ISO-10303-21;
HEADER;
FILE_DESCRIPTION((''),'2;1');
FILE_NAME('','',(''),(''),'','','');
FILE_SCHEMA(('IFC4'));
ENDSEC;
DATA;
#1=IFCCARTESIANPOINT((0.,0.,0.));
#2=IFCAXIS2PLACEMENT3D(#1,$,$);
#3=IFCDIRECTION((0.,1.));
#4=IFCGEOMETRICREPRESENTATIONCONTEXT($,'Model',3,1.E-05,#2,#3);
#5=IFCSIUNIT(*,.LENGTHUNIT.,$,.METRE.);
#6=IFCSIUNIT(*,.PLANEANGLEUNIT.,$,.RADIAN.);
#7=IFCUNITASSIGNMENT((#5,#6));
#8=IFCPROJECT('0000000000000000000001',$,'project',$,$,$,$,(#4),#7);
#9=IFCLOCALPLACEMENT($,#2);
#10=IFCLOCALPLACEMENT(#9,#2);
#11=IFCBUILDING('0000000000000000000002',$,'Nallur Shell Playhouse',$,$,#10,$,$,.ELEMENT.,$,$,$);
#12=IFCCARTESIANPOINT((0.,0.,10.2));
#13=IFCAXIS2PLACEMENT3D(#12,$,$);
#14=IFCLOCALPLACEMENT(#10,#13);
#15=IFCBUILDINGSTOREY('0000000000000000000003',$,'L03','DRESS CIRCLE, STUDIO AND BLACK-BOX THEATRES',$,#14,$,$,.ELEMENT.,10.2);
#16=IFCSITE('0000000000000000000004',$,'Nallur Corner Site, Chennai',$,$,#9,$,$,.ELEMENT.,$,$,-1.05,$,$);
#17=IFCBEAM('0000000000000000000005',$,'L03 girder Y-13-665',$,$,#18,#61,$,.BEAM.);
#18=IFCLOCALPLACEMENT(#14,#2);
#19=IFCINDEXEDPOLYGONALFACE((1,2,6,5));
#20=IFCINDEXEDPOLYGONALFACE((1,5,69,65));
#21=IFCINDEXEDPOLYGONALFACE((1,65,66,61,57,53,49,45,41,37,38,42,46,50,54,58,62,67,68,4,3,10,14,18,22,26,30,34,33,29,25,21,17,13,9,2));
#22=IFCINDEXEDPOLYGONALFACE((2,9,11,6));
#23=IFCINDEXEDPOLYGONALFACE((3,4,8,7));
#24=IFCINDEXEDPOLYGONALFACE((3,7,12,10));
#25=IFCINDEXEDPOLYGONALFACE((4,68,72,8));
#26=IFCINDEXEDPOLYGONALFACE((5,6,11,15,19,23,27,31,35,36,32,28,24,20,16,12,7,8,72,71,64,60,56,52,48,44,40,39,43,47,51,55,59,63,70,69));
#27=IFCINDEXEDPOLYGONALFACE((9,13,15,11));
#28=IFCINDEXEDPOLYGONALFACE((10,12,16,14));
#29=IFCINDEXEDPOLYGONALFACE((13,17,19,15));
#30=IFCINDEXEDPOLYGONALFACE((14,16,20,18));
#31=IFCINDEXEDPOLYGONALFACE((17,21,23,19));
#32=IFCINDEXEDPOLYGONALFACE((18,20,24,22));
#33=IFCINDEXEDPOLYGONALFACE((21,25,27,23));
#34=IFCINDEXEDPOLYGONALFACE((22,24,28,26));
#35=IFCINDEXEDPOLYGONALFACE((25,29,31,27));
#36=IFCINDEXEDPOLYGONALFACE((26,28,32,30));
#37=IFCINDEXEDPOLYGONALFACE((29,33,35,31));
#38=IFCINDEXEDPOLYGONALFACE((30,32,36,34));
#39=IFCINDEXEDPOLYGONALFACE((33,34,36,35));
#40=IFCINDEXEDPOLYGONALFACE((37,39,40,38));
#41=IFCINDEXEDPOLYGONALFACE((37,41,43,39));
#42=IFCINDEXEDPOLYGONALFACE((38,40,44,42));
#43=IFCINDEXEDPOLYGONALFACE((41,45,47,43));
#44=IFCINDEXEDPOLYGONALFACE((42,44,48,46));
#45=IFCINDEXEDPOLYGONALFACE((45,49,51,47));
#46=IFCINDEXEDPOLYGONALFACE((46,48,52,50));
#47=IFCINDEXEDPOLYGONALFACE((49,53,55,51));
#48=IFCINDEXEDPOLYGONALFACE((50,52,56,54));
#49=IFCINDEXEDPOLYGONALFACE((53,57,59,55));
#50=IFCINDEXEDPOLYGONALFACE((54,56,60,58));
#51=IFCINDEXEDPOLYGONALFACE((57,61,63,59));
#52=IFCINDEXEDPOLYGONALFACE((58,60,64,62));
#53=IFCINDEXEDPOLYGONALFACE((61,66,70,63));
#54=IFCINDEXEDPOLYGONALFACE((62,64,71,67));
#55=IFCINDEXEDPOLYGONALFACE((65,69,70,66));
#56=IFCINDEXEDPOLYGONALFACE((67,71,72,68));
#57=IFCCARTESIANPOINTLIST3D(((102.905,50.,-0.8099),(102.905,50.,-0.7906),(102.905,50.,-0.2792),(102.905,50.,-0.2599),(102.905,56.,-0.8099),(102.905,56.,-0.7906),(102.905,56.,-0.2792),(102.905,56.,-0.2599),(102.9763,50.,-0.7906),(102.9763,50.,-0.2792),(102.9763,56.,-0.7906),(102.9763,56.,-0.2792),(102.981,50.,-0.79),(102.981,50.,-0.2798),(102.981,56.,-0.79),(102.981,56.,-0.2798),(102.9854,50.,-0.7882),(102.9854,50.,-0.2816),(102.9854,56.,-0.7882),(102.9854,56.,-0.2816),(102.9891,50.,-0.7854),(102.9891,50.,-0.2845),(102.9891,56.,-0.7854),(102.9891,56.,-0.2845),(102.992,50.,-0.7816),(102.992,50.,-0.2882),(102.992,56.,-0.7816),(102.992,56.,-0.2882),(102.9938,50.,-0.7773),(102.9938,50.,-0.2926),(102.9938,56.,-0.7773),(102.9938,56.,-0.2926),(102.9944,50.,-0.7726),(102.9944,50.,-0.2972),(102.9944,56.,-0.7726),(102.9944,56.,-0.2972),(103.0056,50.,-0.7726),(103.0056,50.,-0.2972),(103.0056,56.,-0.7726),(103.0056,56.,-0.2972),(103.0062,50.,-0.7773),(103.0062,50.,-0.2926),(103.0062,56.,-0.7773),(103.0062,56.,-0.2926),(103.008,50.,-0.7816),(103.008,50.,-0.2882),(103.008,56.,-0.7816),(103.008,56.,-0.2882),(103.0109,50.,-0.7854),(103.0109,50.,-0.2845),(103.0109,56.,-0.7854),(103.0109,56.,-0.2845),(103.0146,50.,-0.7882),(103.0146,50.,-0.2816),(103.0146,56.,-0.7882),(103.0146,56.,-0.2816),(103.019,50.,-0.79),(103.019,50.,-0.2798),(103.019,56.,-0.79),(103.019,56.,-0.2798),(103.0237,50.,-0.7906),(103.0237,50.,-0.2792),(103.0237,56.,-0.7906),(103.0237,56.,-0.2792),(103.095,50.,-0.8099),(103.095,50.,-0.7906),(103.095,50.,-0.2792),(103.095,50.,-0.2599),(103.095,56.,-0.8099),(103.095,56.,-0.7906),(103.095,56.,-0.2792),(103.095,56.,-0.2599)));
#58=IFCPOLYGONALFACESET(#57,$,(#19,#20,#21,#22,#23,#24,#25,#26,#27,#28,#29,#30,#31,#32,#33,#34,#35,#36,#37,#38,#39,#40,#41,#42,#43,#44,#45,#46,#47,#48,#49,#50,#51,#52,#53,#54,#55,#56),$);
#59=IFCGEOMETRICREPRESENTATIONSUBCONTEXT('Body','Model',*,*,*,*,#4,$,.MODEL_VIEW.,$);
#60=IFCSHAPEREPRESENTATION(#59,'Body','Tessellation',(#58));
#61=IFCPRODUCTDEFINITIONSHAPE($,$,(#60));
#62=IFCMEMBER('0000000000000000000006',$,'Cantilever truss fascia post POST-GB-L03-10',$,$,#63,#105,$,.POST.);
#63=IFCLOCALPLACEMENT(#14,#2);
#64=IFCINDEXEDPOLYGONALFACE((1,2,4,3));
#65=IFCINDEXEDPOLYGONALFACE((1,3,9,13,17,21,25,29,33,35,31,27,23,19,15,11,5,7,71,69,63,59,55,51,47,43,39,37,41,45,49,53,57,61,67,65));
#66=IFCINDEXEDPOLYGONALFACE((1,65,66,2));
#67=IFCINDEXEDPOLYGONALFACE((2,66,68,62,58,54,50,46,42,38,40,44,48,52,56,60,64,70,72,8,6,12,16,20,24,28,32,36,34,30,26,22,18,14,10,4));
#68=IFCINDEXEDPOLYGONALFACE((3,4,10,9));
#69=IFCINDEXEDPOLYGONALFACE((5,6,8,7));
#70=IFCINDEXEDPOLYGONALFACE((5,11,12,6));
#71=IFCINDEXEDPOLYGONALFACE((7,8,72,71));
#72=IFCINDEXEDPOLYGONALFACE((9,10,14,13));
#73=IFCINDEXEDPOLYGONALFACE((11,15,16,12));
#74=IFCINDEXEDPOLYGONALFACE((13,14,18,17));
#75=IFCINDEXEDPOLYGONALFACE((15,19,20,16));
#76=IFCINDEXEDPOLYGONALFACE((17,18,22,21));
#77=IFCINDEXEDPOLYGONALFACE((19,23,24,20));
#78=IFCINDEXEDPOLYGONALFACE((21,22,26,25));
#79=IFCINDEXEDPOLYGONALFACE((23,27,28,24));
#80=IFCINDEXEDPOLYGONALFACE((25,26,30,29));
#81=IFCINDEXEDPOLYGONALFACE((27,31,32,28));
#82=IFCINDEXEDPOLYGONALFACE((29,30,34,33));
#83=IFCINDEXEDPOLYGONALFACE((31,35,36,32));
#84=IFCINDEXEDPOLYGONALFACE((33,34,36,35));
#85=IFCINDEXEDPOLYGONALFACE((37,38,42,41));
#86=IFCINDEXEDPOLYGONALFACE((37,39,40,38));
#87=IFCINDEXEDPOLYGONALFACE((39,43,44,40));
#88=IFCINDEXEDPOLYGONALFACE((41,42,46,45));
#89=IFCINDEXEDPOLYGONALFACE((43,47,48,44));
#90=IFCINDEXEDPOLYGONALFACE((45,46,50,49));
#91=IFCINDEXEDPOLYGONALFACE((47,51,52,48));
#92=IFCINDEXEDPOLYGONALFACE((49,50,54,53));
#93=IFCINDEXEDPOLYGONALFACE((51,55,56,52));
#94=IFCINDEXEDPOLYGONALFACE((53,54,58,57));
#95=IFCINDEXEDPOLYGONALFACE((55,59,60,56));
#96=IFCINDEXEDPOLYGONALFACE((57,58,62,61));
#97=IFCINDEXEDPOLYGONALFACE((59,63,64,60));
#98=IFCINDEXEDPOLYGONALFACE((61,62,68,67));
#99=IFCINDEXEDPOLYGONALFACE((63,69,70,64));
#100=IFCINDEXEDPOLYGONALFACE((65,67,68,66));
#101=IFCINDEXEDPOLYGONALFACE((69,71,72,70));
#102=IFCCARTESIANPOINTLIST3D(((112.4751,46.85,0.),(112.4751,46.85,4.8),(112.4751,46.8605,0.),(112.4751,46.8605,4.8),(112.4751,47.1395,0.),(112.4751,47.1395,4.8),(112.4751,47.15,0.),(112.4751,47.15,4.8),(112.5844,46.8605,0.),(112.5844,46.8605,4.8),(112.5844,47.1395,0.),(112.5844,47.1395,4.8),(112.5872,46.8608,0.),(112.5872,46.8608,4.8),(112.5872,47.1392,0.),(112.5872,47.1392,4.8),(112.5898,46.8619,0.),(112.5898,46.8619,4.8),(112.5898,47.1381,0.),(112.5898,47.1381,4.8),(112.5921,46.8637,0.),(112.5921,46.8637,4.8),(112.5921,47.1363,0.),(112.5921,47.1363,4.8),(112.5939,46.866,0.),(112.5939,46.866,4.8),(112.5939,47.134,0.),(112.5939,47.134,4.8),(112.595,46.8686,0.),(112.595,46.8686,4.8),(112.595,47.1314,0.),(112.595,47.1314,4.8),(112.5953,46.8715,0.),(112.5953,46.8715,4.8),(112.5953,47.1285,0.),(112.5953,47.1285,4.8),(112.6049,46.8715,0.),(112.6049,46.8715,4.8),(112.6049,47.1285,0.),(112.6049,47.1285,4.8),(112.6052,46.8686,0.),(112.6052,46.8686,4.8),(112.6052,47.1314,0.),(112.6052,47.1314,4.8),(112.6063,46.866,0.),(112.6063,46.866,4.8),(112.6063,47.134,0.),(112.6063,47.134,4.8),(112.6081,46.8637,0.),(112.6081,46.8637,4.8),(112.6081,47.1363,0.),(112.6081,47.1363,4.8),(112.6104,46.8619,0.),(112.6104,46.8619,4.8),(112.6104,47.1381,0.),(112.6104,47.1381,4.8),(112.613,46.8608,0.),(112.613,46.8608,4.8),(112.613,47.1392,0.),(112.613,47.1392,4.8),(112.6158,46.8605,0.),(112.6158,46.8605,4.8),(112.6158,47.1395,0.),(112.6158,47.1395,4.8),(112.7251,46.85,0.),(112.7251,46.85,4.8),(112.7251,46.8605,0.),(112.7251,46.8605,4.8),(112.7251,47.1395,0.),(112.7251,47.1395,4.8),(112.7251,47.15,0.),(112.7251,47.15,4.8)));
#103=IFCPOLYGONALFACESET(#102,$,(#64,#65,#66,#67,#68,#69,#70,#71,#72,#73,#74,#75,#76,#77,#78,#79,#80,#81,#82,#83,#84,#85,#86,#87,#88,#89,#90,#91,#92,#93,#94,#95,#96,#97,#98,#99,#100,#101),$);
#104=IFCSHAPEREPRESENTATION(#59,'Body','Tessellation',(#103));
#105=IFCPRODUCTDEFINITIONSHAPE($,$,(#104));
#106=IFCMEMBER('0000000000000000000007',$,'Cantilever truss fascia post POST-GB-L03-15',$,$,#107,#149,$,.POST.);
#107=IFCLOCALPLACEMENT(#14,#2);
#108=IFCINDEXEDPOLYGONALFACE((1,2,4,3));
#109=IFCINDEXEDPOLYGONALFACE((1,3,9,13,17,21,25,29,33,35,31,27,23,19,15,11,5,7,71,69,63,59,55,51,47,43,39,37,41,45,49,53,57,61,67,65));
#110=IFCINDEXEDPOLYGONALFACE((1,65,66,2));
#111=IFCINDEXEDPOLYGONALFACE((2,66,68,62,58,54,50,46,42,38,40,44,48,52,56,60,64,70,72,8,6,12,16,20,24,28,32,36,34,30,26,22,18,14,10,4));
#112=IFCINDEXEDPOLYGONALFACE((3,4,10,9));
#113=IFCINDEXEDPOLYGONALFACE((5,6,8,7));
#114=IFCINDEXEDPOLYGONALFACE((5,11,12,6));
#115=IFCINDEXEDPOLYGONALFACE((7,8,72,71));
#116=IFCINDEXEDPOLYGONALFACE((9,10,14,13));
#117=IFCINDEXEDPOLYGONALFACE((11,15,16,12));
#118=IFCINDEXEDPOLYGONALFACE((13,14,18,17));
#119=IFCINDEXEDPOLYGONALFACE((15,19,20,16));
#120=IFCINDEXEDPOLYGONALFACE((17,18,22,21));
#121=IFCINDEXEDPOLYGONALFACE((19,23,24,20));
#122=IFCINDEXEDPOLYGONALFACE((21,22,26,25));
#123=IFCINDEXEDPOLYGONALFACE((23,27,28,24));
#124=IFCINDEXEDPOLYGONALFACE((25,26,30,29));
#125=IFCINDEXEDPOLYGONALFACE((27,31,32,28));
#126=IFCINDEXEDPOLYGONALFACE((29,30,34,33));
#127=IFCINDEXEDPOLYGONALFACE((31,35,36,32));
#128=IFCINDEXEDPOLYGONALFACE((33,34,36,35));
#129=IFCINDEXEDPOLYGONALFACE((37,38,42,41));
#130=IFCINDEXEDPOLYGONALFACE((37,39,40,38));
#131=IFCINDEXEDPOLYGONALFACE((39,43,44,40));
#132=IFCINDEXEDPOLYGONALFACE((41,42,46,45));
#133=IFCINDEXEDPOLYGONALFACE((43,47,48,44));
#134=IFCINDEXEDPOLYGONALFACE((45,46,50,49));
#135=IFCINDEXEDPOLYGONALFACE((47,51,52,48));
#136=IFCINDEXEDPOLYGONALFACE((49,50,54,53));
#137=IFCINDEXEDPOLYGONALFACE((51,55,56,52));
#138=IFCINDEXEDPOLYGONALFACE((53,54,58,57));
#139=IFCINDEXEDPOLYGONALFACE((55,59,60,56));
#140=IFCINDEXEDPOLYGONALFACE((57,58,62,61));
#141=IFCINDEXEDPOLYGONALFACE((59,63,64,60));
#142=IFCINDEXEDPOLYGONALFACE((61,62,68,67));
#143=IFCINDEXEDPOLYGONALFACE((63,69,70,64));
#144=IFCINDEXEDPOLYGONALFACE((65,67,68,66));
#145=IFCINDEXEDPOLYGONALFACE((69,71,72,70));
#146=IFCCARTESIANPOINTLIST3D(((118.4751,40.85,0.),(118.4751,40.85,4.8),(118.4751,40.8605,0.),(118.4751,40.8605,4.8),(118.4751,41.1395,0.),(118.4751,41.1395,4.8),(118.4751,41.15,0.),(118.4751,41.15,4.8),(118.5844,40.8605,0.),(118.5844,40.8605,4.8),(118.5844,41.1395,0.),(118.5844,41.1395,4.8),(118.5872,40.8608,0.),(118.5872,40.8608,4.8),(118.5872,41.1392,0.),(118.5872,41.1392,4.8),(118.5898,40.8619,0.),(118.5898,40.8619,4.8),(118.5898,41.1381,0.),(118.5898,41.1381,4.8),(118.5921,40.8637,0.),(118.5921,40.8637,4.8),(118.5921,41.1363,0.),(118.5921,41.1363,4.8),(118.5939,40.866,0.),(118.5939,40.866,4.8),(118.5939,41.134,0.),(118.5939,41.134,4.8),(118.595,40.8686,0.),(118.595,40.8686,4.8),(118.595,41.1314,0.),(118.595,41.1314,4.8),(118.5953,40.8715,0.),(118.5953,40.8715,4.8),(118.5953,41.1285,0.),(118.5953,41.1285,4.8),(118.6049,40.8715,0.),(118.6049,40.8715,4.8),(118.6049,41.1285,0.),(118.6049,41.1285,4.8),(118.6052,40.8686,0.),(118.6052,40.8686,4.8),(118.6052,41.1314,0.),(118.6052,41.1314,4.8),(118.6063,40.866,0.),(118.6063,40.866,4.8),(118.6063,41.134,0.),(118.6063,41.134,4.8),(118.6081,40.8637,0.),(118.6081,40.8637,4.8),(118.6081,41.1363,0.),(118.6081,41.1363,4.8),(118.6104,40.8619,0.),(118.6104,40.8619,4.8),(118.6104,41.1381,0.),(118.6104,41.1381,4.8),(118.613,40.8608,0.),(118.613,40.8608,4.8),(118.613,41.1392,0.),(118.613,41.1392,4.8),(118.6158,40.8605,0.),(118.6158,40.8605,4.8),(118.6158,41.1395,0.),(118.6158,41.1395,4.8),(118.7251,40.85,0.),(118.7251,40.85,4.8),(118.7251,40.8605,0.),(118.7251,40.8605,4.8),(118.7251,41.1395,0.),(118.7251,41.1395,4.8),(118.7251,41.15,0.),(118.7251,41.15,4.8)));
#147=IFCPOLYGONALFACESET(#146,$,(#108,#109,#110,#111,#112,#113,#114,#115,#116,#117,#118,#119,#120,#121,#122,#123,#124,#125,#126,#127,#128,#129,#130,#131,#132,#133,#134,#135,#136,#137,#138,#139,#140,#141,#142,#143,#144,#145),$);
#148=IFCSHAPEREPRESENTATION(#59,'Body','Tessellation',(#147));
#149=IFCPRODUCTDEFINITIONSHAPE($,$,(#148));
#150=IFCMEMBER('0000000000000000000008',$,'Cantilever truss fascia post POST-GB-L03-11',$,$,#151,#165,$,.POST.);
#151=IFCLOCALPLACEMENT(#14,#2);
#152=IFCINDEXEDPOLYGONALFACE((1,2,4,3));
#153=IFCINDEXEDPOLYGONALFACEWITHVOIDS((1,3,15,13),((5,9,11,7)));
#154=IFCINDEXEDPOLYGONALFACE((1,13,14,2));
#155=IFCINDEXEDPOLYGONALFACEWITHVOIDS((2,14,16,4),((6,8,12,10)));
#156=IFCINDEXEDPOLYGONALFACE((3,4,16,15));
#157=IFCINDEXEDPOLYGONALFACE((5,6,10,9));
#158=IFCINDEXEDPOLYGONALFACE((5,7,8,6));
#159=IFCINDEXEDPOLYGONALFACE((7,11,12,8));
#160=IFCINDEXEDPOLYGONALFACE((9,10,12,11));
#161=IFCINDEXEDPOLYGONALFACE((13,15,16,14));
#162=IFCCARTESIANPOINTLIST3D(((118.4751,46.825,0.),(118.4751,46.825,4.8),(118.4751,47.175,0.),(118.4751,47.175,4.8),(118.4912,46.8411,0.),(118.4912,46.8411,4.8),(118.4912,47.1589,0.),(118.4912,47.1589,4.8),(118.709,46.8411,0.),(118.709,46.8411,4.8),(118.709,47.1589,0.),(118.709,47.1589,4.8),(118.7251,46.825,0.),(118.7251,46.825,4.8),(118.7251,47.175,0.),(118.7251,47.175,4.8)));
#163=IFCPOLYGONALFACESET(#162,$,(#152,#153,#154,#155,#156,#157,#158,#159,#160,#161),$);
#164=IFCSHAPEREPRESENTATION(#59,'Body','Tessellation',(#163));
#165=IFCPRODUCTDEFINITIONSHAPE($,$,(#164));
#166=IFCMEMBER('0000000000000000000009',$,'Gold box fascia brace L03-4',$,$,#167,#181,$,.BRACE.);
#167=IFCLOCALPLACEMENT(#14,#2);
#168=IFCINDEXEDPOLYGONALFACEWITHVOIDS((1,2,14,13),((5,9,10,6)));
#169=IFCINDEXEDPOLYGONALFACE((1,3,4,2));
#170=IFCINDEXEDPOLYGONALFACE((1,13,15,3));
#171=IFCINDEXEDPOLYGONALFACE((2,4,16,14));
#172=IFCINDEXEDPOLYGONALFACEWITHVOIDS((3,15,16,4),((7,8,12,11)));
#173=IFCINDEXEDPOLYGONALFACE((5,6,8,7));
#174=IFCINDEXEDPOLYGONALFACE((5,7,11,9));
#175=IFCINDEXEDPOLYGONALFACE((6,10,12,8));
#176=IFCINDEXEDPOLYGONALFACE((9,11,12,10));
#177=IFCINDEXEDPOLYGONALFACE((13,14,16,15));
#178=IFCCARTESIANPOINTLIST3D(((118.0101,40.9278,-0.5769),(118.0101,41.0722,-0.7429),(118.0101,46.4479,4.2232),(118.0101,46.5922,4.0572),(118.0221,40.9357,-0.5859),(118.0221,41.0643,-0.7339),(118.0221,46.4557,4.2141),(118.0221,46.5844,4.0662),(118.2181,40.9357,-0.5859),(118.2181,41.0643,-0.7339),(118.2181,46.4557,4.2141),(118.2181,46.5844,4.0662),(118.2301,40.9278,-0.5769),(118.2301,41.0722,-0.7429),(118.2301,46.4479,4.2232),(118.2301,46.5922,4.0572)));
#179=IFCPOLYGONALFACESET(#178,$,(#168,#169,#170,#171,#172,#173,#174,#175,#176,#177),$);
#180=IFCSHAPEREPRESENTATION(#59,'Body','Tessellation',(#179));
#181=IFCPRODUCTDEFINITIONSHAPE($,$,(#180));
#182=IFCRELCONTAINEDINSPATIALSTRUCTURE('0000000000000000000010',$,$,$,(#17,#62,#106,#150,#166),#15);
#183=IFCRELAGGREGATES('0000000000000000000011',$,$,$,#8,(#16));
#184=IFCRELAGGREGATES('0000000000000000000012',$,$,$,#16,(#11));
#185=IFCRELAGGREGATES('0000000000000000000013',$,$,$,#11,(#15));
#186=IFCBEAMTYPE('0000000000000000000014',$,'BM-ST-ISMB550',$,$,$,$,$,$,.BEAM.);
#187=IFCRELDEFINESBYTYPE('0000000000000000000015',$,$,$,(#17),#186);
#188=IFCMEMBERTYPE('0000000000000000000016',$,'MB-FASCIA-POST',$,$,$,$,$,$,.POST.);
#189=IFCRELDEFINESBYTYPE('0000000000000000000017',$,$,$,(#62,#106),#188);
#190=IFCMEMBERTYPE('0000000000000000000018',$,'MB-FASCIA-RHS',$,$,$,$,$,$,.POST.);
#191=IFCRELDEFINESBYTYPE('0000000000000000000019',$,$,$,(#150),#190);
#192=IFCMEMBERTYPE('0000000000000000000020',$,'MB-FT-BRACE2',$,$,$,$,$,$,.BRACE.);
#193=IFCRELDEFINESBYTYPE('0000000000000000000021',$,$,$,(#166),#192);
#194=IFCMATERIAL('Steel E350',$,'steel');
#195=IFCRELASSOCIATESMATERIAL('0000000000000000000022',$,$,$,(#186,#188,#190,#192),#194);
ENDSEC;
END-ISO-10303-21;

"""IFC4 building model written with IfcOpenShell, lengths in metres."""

from ifc_helpers import new_model, si_unit, direction, frame, origin, origin_2d, place, context, subcontext, project, spatial, hollow_rectangle, i_section, extrude, material, material_profile, profile_set, type_object, element, save


model = new_model("IFC4")

# Units and contexts
model_context = context("Model", 3, precision=1e-05, world=origin(), true_north=direction((0.0, 1.0)))
body_context = subcontext(model_context, "Body", "Model", "MODEL_VIEW")
ifc_project = project(units=[si_unit("LENGTHUNIT", "METRE"), si_unit("PLANEANGLEUNIT", "RADIAN")], contexts=[model_context])

# Site, building, storey
site_placement = place(None, origin())
site = spatial("IfcSite", under=ifc_project, at=site_placement, Name="Nallur Corner Site, Chennai", CompositionType="ELEMENT", RefElevation=-1.05)
building_placement = place(site_placement, origin())
building = spatial("IfcBuilding", under=site, at=building_placement, Name="Nallur Shell Playhouse", CompositionType="ELEMENT")
storey_placement = place(building_placement, frame((0.0, 0.0, 10.2)))
storey = spatial("IfcBuildingStorey", under=building, at=storey_placement, Name="L03", Description="DRESS CIRCLE, STUDIO AND BLACK-BOX THEATRES", CompositionType="ELEMENT", Elevation=10.2)

# Beam
ifc_material_1 = material(Name="Steel E350", Category="steel")
ifc_material_profile_1 = material_profile(ifc_material_1, i_section(OverallWidth=0.1899, OverallDepth=0.55, WebThickness=0.0112, FlangeThickness=0.0193, FilletRadius=0.0181, at=origin_2d()), Name="ISMB 550")
ifc_profile_set_1 = profile_set([ifc_material_profile_1], Name="Steel E350")
beam_type_1 = type_object("IfcBeamType", Name="BM-ST-ISMB550", PredefinedType="BEAM", material=ifc_profile_set_1)
beam_1_placement = place(storey_placement, frame((103.0, 50.0, -0.5349), z_axis=(0.0, 1.0, 0.0), x_axis=(-1.0, 0.0, 0.0)))
element("IfcBeam", 1, at=beam_1_placement, inside=storey, type_object=beam_type_1, Name="L03 girder Y-13-665", PredefinedType="BEAM", context=body_context, shape_type="SweptSolid", body=[
    extrude(i_section(OverallWidth=0.1899, OverallDepth=0.55, WebThickness=0.0112, FlangeThickness=0.0193, FilletRadius=0.0181, at=origin_2d()), origin(), (0.0, 0.0, 1.0), 6.0),
])

# Members
ifc_material_profile_2 = material_profile(ifc_material_1, i_section(OverallWidth=0.25, OverallDepth=0.3, WebThickness=0.0095, FlangeThickness=0.0105, FilletRadius=0.011, at=origin_2d()), Name="ISHB 300")
ifc_profile_set_2 = profile_set([ifc_material_profile_2], Name="Steel E350")
member_type_1 = type_object("IfcMemberType", Name="MB-FASCIA-POST", PredefinedType="POST", material=ifc_profile_set_2)
for number, where, z_axis, x_axis, name in (
    (2, (112.6001, 47.0, 0.0), (0.0, 0.0, 1.0), (1.0, 0.0, 0.0), "Cantilever truss fascia post POST-GB-L03-10"),
    (3, (118.6001, 41.0, 0.0), (0.0, 0.0, 1.0), (1.0, 0.0, 0.0), "Cantilever truss fascia post POST-GB-L03-15"),
):
    element("IfcMember", number, at=place(storey_placement, frame(where, z_axis=z_axis, x_axis=x_axis)), inside=storey, type_object=member_type_1, Name=name, PredefinedType="POST", context=body_context, shape_type="SweptSolid", body=[
        extrude(i_section(OverallWidth=0.25, OverallDepth=0.3, WebThickness=0.0095, FlangeThickness=0.0105, FilletRadius=0.011, at=origin_2d()), origin(), (0.0, 0.0, 1.0), 4.8),
    ])
ifc_material_profile_3 = material_profile(ifc_material_1, hollow_rectangle(XDim=0.25, YDim=0.3501, WallThickness=0.0161, at=origin_2d()), Name="RHS 350x250x16")
ifc_profile_set_3 = profile_set([ifc_material_profile_3], Name="Steel E350")
member_type_2 = type_object("IfcMemberType", Name="MB-FASCIA-RHS", PredefinedType="POST", material=ifc_profile_set_3)
member_1_placement = place(storey_placement, frame((118.6001, 47.0, 0.0), z_axis=(0.0, 0.0, 1.0), x_axis=(1.0, 0.0, 0.0)))
element("IfcMember", 4, at=member_1_placement, inside=storey, type_object=member_type_2, Name="Cantilever truss fascia post POST-GB-L03-11", PredefinedType="POST", context=body_context, shape_type="SweptSolid", body=[
    extrude(hollow_rectangle(XDim=0.25, YDim=0.3501, WallThickness=0.0161, at=origin_2d()), origin(), (0.0, 0.0, 1.0), 4.8),
])
ifc_material_profile_4 = material_profile(ifc_material_1, hollow_rectangle(XDim=0.22, YDim=0.22, WallThickness=0.012, at=origin_2d()), Name="SHS 220x220x12")
ifc_profile_set_4 = profile_set([ifc_material_profile_4], Name="Steel E350")
member_type_3 = type_object("IfcMemberType", Name="MB-FT-BRACE2", PredefinedType="BRACE", material=ifc_profile_set_4)
member_2_placement = place(storey_placement, frame((118.1201, 41.0, -0.6599), z_axis=(0.0, 0.754603, 0.656181), x_axis=(-1.0, 0.0, 0.0)))
element("IfcMember", 5, at=member_2_placement, inside=storey, type_object=member_type_3, Name="Gold box fascia brace L03-4", PredefinedType="BRACE", context=body_context, shape_type="SweptSolid", body=[
    extrude(hollow_rectangle(XDim=0.22, YDim=0.22, WallThickness=0.012, at=origin_2d()), origin(), (0.0, 0.0, 1.0), 7.3152),
])

save(model, "model.ifc")
